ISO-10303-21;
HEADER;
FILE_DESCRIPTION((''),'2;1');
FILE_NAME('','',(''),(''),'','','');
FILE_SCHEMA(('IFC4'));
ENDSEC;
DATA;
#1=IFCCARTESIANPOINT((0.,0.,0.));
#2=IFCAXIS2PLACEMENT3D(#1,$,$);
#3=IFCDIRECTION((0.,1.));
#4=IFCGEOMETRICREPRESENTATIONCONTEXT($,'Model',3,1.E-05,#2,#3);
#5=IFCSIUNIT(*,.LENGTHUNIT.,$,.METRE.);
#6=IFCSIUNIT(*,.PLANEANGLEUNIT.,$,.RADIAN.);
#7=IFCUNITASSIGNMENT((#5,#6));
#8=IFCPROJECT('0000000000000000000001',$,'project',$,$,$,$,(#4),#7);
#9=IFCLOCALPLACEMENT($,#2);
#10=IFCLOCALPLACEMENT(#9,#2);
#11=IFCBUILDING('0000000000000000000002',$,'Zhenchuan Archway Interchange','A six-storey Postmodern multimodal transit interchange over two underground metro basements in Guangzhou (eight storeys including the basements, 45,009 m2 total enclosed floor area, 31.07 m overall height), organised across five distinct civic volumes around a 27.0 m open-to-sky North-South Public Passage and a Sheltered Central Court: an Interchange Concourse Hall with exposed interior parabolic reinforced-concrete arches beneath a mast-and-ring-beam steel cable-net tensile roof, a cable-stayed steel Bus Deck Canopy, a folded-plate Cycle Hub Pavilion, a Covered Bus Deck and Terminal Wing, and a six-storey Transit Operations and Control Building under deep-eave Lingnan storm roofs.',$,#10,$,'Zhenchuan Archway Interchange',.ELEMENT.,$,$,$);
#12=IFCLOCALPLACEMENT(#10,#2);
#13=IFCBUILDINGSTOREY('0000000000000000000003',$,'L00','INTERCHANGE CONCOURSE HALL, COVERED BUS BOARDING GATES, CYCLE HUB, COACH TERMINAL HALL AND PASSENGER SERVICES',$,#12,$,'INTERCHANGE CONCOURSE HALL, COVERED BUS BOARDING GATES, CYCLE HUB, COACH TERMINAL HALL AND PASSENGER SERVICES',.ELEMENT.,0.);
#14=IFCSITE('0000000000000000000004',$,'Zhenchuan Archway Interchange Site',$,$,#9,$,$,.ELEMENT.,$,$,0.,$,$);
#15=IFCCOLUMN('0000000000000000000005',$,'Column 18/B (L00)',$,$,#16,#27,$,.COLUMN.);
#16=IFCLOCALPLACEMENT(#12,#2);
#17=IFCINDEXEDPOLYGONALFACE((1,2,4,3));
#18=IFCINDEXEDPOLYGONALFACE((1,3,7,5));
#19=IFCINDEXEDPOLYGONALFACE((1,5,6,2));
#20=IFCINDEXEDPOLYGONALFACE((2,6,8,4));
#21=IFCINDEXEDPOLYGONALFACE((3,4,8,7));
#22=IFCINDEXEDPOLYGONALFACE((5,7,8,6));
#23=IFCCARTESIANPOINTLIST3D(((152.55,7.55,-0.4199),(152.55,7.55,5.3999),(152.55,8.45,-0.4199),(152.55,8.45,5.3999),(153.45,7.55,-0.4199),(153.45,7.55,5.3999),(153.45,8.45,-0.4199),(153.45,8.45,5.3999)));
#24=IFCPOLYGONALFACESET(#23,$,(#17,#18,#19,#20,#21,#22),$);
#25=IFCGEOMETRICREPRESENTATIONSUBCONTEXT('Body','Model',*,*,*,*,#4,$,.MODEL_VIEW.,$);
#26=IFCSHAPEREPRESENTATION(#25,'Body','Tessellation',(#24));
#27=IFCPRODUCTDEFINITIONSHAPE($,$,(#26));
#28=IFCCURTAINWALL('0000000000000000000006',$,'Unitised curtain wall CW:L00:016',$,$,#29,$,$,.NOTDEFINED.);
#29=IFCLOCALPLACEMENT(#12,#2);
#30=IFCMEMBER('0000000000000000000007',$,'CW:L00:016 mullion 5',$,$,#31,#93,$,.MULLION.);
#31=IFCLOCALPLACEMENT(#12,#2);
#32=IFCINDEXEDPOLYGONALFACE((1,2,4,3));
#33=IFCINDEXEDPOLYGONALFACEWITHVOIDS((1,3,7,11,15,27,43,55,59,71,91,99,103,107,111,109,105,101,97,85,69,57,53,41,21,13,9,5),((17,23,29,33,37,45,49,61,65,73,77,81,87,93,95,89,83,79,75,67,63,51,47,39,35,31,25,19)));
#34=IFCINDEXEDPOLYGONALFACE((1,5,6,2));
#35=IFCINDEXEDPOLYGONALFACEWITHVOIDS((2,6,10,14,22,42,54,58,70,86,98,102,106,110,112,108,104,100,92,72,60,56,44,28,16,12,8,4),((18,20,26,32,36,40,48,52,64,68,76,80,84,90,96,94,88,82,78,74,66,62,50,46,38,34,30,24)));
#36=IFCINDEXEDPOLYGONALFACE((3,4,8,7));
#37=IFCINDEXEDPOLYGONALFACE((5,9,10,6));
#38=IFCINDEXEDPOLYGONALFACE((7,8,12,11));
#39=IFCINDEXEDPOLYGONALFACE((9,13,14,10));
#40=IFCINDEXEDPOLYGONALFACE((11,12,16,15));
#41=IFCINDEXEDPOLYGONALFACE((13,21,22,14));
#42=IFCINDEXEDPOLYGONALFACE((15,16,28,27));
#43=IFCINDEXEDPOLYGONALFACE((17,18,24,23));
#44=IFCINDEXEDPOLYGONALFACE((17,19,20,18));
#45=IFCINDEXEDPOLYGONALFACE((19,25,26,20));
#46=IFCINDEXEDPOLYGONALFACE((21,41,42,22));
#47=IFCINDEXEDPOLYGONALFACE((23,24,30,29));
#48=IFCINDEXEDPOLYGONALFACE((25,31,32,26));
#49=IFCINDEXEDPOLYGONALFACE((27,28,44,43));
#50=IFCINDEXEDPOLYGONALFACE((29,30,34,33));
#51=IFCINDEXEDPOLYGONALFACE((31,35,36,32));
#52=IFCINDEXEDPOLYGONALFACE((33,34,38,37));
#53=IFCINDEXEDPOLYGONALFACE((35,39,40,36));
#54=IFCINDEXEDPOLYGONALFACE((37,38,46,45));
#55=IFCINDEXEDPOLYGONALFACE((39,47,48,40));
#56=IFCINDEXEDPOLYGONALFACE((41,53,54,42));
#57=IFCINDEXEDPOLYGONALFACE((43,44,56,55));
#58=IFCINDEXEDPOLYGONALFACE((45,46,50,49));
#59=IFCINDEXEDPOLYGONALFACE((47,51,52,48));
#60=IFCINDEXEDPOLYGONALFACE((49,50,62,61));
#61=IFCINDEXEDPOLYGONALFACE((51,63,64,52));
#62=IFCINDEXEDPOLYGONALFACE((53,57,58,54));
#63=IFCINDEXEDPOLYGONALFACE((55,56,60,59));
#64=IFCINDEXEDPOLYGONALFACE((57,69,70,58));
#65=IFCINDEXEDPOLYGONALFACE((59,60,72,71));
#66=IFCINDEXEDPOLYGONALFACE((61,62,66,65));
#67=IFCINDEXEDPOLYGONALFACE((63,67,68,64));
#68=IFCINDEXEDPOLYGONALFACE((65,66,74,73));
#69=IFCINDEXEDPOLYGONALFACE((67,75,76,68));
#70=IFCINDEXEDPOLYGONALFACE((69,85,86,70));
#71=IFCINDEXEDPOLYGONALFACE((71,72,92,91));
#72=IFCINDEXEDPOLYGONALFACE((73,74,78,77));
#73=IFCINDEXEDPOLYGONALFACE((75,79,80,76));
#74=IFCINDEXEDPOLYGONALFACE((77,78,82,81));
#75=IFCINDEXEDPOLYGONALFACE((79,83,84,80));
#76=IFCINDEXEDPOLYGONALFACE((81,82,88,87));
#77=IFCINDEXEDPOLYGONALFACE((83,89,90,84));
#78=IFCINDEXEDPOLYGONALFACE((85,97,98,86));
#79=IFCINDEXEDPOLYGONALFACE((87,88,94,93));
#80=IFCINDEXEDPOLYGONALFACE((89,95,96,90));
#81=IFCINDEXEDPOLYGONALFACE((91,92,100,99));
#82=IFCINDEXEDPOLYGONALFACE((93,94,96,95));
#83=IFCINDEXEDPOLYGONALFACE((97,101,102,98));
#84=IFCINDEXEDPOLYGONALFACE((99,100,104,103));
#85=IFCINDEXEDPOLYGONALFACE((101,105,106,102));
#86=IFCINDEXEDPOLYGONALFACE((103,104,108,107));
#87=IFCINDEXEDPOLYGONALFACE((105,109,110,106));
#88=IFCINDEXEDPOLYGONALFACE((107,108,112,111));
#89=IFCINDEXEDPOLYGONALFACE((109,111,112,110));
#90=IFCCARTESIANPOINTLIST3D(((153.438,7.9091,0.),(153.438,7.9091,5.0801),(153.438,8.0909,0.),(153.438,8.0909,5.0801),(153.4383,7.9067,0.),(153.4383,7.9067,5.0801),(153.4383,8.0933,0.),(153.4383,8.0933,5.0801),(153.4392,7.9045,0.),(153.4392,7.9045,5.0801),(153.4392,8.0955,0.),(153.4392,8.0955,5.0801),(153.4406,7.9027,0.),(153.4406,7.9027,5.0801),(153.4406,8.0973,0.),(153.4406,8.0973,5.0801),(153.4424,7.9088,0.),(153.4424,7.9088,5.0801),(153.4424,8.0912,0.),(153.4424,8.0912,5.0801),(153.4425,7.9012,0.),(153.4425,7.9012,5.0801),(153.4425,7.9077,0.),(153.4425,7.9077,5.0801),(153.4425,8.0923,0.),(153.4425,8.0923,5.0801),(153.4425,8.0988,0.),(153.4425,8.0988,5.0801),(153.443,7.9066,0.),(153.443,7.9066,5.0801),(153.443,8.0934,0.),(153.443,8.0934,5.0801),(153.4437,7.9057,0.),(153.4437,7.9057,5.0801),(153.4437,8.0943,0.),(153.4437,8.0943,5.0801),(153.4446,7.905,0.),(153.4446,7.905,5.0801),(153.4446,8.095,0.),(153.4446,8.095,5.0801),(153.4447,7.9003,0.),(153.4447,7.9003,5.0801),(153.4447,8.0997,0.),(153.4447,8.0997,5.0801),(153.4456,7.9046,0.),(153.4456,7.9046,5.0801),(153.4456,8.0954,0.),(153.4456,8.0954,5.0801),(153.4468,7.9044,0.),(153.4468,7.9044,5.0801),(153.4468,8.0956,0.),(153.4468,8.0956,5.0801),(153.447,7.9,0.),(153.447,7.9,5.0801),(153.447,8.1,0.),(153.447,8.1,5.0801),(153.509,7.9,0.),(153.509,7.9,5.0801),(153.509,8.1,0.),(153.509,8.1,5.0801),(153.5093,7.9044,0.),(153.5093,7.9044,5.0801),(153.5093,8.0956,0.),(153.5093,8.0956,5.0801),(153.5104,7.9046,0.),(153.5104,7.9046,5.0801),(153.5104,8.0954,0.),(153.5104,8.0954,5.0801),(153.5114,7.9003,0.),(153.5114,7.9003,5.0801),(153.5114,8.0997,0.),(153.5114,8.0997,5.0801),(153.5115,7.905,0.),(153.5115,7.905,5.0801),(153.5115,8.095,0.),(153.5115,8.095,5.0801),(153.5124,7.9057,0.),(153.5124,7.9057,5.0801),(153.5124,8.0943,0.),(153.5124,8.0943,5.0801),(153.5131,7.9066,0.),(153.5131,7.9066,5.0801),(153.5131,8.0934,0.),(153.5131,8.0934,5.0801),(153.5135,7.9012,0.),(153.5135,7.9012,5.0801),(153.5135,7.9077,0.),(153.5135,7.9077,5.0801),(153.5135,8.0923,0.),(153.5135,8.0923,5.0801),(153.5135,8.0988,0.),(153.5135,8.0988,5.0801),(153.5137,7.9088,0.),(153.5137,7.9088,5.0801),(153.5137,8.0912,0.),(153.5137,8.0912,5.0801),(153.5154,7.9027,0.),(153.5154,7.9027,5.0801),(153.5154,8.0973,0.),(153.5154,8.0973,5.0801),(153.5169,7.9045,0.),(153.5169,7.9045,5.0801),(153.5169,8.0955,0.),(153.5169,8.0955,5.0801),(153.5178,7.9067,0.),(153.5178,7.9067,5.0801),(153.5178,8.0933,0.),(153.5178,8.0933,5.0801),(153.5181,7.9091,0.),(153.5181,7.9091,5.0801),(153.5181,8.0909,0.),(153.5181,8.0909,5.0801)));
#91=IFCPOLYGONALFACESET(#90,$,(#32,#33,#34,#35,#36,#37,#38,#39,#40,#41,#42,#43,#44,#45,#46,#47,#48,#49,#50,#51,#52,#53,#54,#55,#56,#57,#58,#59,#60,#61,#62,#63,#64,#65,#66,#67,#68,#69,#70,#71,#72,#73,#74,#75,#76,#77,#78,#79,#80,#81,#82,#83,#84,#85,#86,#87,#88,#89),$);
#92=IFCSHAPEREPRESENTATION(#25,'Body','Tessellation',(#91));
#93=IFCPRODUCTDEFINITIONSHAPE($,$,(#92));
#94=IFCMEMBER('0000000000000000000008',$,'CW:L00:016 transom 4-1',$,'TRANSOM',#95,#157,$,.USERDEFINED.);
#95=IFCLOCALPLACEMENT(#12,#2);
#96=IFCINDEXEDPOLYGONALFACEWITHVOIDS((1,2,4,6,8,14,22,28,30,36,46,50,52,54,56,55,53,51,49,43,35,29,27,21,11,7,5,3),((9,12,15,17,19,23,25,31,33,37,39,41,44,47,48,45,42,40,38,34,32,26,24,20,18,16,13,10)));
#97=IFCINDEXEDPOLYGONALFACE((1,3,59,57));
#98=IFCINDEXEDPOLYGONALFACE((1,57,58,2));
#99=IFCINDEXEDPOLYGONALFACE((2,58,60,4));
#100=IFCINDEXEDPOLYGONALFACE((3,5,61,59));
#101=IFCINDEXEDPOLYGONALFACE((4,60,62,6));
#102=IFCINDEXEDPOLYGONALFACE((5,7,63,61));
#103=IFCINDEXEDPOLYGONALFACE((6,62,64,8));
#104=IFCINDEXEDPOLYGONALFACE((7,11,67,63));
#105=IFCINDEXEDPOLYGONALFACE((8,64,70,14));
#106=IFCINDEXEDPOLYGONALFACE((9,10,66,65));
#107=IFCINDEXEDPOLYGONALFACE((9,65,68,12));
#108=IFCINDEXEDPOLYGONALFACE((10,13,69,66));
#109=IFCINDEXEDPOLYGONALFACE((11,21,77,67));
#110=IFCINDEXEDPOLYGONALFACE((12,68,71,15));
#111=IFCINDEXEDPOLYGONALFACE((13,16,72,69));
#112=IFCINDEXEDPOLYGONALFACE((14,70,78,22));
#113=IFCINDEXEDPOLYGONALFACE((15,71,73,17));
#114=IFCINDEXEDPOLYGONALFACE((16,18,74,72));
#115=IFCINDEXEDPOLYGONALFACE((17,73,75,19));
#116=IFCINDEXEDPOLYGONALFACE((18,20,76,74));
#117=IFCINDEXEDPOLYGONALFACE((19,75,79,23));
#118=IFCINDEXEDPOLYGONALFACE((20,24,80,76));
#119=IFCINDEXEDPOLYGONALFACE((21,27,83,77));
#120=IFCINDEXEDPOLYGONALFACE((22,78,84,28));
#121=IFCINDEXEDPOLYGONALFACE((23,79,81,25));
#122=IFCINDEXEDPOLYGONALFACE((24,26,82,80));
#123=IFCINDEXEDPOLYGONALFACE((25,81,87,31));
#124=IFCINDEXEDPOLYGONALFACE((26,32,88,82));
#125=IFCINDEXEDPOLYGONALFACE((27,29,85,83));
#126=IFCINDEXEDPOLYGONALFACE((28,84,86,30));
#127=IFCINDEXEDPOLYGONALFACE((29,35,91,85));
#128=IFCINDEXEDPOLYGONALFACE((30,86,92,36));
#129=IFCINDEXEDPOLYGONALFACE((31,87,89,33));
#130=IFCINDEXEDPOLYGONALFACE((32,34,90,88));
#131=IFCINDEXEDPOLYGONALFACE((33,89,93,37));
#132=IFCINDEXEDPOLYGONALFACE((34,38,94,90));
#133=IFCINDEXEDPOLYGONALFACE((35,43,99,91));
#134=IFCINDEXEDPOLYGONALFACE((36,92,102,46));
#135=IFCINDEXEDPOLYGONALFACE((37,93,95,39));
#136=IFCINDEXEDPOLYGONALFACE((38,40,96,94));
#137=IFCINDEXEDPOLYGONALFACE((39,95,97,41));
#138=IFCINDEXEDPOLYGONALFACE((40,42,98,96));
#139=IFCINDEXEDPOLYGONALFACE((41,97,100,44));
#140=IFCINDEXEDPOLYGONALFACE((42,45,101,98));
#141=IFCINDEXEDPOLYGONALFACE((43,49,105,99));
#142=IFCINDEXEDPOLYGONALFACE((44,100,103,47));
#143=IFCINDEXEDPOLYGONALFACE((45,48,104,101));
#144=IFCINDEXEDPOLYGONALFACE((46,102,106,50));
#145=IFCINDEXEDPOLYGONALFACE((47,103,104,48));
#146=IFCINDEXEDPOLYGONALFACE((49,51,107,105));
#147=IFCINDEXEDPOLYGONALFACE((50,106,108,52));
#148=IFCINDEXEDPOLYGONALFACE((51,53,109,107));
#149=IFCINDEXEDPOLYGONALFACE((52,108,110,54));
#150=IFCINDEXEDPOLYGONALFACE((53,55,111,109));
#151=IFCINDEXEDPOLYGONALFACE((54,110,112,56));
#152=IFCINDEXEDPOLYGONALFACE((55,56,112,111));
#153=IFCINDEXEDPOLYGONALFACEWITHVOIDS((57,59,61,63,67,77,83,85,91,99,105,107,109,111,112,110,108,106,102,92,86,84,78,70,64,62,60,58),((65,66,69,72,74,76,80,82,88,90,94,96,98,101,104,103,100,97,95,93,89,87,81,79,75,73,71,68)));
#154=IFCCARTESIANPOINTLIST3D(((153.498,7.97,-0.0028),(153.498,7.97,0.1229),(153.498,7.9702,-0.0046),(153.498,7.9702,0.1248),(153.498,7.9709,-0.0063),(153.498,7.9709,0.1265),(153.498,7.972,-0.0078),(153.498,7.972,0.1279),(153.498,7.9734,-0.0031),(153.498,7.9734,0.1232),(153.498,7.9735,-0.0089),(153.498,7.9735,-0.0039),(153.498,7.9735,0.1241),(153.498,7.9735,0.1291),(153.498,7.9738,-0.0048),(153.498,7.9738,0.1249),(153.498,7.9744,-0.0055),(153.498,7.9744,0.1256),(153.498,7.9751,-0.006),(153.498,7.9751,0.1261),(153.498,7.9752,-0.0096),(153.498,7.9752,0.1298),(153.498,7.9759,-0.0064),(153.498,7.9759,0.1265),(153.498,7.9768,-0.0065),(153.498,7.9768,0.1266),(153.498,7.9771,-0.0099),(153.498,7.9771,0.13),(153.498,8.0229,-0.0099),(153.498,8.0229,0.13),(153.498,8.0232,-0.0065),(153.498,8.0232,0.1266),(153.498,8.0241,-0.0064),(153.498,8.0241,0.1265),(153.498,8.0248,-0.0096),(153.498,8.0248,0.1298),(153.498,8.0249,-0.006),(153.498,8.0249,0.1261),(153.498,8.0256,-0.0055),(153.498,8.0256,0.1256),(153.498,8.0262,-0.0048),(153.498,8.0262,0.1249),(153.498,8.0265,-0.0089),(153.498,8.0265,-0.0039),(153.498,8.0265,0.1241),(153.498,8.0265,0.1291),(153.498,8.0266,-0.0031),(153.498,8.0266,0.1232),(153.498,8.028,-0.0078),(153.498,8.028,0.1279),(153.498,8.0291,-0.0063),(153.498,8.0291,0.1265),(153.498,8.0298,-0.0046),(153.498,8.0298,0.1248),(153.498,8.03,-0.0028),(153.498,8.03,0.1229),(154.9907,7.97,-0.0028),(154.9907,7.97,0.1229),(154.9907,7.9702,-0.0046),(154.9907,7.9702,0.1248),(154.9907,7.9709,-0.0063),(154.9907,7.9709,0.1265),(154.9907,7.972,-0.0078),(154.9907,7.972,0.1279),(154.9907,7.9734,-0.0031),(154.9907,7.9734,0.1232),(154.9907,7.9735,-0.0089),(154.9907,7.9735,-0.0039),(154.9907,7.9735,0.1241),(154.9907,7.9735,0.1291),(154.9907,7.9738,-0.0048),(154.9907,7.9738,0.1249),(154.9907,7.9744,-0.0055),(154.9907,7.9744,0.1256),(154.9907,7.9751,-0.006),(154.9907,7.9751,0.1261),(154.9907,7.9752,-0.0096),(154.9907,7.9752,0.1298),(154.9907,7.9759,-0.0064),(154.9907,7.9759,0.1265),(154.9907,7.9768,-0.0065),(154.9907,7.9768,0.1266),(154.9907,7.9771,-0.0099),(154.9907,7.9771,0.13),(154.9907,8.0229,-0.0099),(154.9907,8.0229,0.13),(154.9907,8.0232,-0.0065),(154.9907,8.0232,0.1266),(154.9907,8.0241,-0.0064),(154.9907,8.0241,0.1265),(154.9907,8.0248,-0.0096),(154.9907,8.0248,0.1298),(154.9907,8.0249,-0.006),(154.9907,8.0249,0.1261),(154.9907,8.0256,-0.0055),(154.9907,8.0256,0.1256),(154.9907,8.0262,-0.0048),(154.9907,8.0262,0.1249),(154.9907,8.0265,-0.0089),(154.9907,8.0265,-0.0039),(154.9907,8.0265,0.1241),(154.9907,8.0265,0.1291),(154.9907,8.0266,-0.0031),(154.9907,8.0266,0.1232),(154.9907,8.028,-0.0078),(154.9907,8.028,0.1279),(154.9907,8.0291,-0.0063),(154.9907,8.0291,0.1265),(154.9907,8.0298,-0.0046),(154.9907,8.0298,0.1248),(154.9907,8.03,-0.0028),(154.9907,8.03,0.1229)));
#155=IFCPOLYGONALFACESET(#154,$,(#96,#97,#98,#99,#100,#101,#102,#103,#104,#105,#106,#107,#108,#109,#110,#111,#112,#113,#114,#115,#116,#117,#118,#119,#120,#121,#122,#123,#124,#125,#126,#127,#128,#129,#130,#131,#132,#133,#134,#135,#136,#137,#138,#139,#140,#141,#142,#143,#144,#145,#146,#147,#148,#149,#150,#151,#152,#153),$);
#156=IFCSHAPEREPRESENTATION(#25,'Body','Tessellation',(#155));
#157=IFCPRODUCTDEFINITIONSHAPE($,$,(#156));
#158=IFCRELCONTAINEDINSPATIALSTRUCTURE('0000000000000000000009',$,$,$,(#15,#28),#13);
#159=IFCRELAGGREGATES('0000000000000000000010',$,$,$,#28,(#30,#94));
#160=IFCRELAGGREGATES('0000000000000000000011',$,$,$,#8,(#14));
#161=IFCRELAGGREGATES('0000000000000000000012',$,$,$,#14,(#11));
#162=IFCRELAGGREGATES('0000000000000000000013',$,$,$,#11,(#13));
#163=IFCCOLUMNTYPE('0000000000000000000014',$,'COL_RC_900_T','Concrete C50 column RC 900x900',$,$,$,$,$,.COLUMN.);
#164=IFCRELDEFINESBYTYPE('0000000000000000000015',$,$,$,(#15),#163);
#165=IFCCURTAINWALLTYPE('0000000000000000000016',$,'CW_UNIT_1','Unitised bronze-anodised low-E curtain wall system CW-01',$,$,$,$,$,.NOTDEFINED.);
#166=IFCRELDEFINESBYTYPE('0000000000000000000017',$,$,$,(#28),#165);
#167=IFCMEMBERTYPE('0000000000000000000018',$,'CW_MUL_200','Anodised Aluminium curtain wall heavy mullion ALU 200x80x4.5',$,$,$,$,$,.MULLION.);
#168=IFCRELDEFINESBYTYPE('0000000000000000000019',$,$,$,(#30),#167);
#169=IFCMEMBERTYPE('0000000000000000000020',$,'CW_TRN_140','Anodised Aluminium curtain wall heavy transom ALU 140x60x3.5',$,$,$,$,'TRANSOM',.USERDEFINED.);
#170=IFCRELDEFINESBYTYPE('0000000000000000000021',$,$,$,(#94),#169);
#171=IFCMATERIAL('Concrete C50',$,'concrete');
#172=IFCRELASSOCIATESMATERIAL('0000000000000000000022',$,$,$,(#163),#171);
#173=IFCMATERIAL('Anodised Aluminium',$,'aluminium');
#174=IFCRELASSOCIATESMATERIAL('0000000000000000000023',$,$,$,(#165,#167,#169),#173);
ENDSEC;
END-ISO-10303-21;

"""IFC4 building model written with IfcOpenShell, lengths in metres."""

from ifc_helpers import new_model, si_unit, direction, frame, origin, origin_2d, place, context, subcontext, project, spatial, rectangle, hollow_rectangle, extrude, material, material_profile, profile_set, type_object, element, aggregate, save


model = new_model("IFC4")

# Units and contexts
model_context = context("Model", 3, precision=1e-05, world=origin(), true_north=direction((0.0, 1.0)))
body_context = subcontext(model_context, "Body", "Model", "MODEL_VIEW")
ifc_project = project(units=[si_unit("LENGTHUNIT", "METRE"), si_unit("PLANEANGLEUNIT", "RADIAN")], contexts=[model_context])

# Site, building, storey
site_placement = place(None, origin())
site = spatial("IfcSite", under=ifc_project, at=site_placement, Name="Zhenchuan Archway Interchange Site", CompositionType="ELEMENT", RefElevation=0.0)
building_placement = place(site_placement, origin())
building = spatial("IfcBuilding", under=site, at=building_placement, Name="Zhenchuan Archway Interchange", Description="A six-storey Postmodern multimodal transit interchange over two underground metro basements in Guangzhou (eight storeys including the basements, 45,009 m2 total enclosed floor area, 31.07 m overall height), organised across five distinct civic volumes around a 27.0 m open-to-sky North-South Public Passage and a Sheltered Central Court: an Interchange Concourse Hall with exposed interior parabolic reinforced-concrete arches beneath a mast-and-ring-beam steel cable-net tensile roof, a cable-stayed steel Bus Deck Canopy, a folded-plate Cycle Hub Pavilion, a Covered Bus Deck and Terminal Wing, and a six-storey Transit Operations and Control Building under deep-eave Lingnan storm roofs.", LongName="Zhenchuan Archway Interchange", CompositionType="ELEMENT")
storey_placement = place(building_placement, origin())
storey = spatial("IfcBuildingStorey", under=building, at=storey_placement, Name="L00", Description="INTERCHANGE CONCOURSE HALL, COVERED BUS BOARDING GATES, CYCLE HUB, COACH TERMINAL HALL AND PASSENGER SERVICES", LongName="INTERCHANGE CONCOURSE HALL, COVERED BUS BOARDING GATES, CYCLE HUB, COACH TERMINAL HALL AND PASSENGER SERVICES", CompositionType="ELEMENT", Elevation=0.0)

# Column
ifc_material_1 = material(Name="Concrete C50", Category="concrete")
ifc_material_profile_1 = material_profile(ifc_material_1, rectangle(XDim=0.8999, YDim=0.8999, at=origin_2d()), Name="RC 900x900")
ifc_profile_set_1 = profile_set([ifc_material_profile_1], Name="Concrete C50")
column_type = type_object("IfcColumnType", Name="COL_RC_900_T", Description="Concrete C50 column RC 900x900", PredefinedType="COLUMN", material=ifc_profile_set_1)
for number, where, z_axis, x_axis, name in (
    (1, (153.0, 8.0, -0.4199), (0.0, 0.0, 1.0), (1.0, 0.0, 0.0), "Column 18/B (L00)"),
):
    element("IfcColumn", number, at=place(storey_placement, frame(where, z_axis=z_axis, x_axis=x_axis)), inside=storey, type_object=column_type, Name=name, PredefinedType="COLUMN", context=body_context, shape_type="SweptSolid", body=[
        extrude(rectangle(XDim=0.8999, YDim=0.8999, at=origin_2d()), origin(), (0.0, 0.0, 1.0), 5.8198),
    ])

# Curtain wall, members
ifc_material_2 = material(Name="Anodised Aluminium", Category="aluminium")
curtain_wall_type = type_object("IfcCurtainWallType", Name="CW_UNIT_1", Description="Unitised bronze-anodised low-E curtain wall system CW-01", PredefinedType="NOTDEFINED", material=ifc_material_2)
curtain_wall_placement = place(storey_placement, origin())
curtain_wall = element("IfcCurtainWall", 2, at=curtain_wall_placement, inside=storey, type_object=curtain_wall_type, Name="Unitised curtain wall CW:L00:016", PredefinedType="NOTDEFINED")
ifc_material_profile_2 = material_profile(ifc_material_2, hollow_rectangle(XDim=0.0801, YDim=0.2, WallThickness=0.0044, InnerFilletRadius=0.0044, OuterFilletRadius=0.009, at=origin_2d()), Name="ALU 200x80x4.5")
ifc_profile_set_2 = profile_set([ifc_material_profile_2], Name="Anodised Aluminium")
member_type_1 = type_object("IfcMemberType", Name="CW_MUL_200", Description="Anodised Aluminium curtain wall heavy mullion ALU 200x80x4.5", PredefinedType="MULLION", material=ifc_profile_set_2)
member_1_placement = place(storey_placement, frame((153.478, 8.0, 0.0), z_axis=(0.0, 0.0, 1.0), x_axis=(1.0, 0.0, 0.0)))
member_1 = element("IfcMember", 3, at=member_1_placement, type_object=member_type_1, Name="CW:L00:016 mullion 5", PredefinedType="MULLION", context=body_context, shape_type="SweptSolid", body=[
    extrude(hollow_rectangle(XDim=0.0801, YDim=0.2, WallThickness=0.0044, InnerFilletRadius=0.0044, OuterFilletRadius=0.009, at=origin_2d()), origin(), (0.0, 0.0, 1.0), 5.0801),
])
ifc_material_profile_3 = material_profile(ifc_material_2, hollow_rectangle(XDim=0.0601, YDim=0.1399, WallThickness=0.0034, InnerFilletRadius=0.0034, OuterFilletRadius=0.0071, at=origin_2d()), Name="ALU 140x60x3.5")
ifc_profile_set_3 = profile_set([ifc_material_profile_3], Name="Anodised Aluminium")
member_type_2 = type_object("IfcMemberType", Name="CW_TRN_140", Description="Anodised Aluminium curtain wall heavy transom ALU 140x60x3.5", ElementType="TRANSOM", PredefinedType="USERDEFINED", material=ifc_profile_set_3)
member_2_placement = place(storey_placement, frame((154.9907, 8.0, 0.0601), z_axis=(-1.0, 0.0, 0.0), x_axis=(0.0, -1.0, 0.0)))
member_2 = element("IfcMember", 4, at=member_2_placement, type_object=member_type_2, Name="CW:L00:016 transom 4-1", ObjectType="TRANSOM", PredefinedType="USERDEFINED", context=body_context, shape_type="SweptSolid", body=[
    extrude(hollow_rectangle(XDim=0.0601, YDim=0.1399, WallThickness=0.0034, InnerFilletRadius=0.0034, OuterFilletRadius=0.0071, at=origin_2d()), origin(), (0.0, 0.0, 1.0), 1.4927),
])

aggregate(curtain_wall, [member_1, member_2])

save(model, "model.ifc")
